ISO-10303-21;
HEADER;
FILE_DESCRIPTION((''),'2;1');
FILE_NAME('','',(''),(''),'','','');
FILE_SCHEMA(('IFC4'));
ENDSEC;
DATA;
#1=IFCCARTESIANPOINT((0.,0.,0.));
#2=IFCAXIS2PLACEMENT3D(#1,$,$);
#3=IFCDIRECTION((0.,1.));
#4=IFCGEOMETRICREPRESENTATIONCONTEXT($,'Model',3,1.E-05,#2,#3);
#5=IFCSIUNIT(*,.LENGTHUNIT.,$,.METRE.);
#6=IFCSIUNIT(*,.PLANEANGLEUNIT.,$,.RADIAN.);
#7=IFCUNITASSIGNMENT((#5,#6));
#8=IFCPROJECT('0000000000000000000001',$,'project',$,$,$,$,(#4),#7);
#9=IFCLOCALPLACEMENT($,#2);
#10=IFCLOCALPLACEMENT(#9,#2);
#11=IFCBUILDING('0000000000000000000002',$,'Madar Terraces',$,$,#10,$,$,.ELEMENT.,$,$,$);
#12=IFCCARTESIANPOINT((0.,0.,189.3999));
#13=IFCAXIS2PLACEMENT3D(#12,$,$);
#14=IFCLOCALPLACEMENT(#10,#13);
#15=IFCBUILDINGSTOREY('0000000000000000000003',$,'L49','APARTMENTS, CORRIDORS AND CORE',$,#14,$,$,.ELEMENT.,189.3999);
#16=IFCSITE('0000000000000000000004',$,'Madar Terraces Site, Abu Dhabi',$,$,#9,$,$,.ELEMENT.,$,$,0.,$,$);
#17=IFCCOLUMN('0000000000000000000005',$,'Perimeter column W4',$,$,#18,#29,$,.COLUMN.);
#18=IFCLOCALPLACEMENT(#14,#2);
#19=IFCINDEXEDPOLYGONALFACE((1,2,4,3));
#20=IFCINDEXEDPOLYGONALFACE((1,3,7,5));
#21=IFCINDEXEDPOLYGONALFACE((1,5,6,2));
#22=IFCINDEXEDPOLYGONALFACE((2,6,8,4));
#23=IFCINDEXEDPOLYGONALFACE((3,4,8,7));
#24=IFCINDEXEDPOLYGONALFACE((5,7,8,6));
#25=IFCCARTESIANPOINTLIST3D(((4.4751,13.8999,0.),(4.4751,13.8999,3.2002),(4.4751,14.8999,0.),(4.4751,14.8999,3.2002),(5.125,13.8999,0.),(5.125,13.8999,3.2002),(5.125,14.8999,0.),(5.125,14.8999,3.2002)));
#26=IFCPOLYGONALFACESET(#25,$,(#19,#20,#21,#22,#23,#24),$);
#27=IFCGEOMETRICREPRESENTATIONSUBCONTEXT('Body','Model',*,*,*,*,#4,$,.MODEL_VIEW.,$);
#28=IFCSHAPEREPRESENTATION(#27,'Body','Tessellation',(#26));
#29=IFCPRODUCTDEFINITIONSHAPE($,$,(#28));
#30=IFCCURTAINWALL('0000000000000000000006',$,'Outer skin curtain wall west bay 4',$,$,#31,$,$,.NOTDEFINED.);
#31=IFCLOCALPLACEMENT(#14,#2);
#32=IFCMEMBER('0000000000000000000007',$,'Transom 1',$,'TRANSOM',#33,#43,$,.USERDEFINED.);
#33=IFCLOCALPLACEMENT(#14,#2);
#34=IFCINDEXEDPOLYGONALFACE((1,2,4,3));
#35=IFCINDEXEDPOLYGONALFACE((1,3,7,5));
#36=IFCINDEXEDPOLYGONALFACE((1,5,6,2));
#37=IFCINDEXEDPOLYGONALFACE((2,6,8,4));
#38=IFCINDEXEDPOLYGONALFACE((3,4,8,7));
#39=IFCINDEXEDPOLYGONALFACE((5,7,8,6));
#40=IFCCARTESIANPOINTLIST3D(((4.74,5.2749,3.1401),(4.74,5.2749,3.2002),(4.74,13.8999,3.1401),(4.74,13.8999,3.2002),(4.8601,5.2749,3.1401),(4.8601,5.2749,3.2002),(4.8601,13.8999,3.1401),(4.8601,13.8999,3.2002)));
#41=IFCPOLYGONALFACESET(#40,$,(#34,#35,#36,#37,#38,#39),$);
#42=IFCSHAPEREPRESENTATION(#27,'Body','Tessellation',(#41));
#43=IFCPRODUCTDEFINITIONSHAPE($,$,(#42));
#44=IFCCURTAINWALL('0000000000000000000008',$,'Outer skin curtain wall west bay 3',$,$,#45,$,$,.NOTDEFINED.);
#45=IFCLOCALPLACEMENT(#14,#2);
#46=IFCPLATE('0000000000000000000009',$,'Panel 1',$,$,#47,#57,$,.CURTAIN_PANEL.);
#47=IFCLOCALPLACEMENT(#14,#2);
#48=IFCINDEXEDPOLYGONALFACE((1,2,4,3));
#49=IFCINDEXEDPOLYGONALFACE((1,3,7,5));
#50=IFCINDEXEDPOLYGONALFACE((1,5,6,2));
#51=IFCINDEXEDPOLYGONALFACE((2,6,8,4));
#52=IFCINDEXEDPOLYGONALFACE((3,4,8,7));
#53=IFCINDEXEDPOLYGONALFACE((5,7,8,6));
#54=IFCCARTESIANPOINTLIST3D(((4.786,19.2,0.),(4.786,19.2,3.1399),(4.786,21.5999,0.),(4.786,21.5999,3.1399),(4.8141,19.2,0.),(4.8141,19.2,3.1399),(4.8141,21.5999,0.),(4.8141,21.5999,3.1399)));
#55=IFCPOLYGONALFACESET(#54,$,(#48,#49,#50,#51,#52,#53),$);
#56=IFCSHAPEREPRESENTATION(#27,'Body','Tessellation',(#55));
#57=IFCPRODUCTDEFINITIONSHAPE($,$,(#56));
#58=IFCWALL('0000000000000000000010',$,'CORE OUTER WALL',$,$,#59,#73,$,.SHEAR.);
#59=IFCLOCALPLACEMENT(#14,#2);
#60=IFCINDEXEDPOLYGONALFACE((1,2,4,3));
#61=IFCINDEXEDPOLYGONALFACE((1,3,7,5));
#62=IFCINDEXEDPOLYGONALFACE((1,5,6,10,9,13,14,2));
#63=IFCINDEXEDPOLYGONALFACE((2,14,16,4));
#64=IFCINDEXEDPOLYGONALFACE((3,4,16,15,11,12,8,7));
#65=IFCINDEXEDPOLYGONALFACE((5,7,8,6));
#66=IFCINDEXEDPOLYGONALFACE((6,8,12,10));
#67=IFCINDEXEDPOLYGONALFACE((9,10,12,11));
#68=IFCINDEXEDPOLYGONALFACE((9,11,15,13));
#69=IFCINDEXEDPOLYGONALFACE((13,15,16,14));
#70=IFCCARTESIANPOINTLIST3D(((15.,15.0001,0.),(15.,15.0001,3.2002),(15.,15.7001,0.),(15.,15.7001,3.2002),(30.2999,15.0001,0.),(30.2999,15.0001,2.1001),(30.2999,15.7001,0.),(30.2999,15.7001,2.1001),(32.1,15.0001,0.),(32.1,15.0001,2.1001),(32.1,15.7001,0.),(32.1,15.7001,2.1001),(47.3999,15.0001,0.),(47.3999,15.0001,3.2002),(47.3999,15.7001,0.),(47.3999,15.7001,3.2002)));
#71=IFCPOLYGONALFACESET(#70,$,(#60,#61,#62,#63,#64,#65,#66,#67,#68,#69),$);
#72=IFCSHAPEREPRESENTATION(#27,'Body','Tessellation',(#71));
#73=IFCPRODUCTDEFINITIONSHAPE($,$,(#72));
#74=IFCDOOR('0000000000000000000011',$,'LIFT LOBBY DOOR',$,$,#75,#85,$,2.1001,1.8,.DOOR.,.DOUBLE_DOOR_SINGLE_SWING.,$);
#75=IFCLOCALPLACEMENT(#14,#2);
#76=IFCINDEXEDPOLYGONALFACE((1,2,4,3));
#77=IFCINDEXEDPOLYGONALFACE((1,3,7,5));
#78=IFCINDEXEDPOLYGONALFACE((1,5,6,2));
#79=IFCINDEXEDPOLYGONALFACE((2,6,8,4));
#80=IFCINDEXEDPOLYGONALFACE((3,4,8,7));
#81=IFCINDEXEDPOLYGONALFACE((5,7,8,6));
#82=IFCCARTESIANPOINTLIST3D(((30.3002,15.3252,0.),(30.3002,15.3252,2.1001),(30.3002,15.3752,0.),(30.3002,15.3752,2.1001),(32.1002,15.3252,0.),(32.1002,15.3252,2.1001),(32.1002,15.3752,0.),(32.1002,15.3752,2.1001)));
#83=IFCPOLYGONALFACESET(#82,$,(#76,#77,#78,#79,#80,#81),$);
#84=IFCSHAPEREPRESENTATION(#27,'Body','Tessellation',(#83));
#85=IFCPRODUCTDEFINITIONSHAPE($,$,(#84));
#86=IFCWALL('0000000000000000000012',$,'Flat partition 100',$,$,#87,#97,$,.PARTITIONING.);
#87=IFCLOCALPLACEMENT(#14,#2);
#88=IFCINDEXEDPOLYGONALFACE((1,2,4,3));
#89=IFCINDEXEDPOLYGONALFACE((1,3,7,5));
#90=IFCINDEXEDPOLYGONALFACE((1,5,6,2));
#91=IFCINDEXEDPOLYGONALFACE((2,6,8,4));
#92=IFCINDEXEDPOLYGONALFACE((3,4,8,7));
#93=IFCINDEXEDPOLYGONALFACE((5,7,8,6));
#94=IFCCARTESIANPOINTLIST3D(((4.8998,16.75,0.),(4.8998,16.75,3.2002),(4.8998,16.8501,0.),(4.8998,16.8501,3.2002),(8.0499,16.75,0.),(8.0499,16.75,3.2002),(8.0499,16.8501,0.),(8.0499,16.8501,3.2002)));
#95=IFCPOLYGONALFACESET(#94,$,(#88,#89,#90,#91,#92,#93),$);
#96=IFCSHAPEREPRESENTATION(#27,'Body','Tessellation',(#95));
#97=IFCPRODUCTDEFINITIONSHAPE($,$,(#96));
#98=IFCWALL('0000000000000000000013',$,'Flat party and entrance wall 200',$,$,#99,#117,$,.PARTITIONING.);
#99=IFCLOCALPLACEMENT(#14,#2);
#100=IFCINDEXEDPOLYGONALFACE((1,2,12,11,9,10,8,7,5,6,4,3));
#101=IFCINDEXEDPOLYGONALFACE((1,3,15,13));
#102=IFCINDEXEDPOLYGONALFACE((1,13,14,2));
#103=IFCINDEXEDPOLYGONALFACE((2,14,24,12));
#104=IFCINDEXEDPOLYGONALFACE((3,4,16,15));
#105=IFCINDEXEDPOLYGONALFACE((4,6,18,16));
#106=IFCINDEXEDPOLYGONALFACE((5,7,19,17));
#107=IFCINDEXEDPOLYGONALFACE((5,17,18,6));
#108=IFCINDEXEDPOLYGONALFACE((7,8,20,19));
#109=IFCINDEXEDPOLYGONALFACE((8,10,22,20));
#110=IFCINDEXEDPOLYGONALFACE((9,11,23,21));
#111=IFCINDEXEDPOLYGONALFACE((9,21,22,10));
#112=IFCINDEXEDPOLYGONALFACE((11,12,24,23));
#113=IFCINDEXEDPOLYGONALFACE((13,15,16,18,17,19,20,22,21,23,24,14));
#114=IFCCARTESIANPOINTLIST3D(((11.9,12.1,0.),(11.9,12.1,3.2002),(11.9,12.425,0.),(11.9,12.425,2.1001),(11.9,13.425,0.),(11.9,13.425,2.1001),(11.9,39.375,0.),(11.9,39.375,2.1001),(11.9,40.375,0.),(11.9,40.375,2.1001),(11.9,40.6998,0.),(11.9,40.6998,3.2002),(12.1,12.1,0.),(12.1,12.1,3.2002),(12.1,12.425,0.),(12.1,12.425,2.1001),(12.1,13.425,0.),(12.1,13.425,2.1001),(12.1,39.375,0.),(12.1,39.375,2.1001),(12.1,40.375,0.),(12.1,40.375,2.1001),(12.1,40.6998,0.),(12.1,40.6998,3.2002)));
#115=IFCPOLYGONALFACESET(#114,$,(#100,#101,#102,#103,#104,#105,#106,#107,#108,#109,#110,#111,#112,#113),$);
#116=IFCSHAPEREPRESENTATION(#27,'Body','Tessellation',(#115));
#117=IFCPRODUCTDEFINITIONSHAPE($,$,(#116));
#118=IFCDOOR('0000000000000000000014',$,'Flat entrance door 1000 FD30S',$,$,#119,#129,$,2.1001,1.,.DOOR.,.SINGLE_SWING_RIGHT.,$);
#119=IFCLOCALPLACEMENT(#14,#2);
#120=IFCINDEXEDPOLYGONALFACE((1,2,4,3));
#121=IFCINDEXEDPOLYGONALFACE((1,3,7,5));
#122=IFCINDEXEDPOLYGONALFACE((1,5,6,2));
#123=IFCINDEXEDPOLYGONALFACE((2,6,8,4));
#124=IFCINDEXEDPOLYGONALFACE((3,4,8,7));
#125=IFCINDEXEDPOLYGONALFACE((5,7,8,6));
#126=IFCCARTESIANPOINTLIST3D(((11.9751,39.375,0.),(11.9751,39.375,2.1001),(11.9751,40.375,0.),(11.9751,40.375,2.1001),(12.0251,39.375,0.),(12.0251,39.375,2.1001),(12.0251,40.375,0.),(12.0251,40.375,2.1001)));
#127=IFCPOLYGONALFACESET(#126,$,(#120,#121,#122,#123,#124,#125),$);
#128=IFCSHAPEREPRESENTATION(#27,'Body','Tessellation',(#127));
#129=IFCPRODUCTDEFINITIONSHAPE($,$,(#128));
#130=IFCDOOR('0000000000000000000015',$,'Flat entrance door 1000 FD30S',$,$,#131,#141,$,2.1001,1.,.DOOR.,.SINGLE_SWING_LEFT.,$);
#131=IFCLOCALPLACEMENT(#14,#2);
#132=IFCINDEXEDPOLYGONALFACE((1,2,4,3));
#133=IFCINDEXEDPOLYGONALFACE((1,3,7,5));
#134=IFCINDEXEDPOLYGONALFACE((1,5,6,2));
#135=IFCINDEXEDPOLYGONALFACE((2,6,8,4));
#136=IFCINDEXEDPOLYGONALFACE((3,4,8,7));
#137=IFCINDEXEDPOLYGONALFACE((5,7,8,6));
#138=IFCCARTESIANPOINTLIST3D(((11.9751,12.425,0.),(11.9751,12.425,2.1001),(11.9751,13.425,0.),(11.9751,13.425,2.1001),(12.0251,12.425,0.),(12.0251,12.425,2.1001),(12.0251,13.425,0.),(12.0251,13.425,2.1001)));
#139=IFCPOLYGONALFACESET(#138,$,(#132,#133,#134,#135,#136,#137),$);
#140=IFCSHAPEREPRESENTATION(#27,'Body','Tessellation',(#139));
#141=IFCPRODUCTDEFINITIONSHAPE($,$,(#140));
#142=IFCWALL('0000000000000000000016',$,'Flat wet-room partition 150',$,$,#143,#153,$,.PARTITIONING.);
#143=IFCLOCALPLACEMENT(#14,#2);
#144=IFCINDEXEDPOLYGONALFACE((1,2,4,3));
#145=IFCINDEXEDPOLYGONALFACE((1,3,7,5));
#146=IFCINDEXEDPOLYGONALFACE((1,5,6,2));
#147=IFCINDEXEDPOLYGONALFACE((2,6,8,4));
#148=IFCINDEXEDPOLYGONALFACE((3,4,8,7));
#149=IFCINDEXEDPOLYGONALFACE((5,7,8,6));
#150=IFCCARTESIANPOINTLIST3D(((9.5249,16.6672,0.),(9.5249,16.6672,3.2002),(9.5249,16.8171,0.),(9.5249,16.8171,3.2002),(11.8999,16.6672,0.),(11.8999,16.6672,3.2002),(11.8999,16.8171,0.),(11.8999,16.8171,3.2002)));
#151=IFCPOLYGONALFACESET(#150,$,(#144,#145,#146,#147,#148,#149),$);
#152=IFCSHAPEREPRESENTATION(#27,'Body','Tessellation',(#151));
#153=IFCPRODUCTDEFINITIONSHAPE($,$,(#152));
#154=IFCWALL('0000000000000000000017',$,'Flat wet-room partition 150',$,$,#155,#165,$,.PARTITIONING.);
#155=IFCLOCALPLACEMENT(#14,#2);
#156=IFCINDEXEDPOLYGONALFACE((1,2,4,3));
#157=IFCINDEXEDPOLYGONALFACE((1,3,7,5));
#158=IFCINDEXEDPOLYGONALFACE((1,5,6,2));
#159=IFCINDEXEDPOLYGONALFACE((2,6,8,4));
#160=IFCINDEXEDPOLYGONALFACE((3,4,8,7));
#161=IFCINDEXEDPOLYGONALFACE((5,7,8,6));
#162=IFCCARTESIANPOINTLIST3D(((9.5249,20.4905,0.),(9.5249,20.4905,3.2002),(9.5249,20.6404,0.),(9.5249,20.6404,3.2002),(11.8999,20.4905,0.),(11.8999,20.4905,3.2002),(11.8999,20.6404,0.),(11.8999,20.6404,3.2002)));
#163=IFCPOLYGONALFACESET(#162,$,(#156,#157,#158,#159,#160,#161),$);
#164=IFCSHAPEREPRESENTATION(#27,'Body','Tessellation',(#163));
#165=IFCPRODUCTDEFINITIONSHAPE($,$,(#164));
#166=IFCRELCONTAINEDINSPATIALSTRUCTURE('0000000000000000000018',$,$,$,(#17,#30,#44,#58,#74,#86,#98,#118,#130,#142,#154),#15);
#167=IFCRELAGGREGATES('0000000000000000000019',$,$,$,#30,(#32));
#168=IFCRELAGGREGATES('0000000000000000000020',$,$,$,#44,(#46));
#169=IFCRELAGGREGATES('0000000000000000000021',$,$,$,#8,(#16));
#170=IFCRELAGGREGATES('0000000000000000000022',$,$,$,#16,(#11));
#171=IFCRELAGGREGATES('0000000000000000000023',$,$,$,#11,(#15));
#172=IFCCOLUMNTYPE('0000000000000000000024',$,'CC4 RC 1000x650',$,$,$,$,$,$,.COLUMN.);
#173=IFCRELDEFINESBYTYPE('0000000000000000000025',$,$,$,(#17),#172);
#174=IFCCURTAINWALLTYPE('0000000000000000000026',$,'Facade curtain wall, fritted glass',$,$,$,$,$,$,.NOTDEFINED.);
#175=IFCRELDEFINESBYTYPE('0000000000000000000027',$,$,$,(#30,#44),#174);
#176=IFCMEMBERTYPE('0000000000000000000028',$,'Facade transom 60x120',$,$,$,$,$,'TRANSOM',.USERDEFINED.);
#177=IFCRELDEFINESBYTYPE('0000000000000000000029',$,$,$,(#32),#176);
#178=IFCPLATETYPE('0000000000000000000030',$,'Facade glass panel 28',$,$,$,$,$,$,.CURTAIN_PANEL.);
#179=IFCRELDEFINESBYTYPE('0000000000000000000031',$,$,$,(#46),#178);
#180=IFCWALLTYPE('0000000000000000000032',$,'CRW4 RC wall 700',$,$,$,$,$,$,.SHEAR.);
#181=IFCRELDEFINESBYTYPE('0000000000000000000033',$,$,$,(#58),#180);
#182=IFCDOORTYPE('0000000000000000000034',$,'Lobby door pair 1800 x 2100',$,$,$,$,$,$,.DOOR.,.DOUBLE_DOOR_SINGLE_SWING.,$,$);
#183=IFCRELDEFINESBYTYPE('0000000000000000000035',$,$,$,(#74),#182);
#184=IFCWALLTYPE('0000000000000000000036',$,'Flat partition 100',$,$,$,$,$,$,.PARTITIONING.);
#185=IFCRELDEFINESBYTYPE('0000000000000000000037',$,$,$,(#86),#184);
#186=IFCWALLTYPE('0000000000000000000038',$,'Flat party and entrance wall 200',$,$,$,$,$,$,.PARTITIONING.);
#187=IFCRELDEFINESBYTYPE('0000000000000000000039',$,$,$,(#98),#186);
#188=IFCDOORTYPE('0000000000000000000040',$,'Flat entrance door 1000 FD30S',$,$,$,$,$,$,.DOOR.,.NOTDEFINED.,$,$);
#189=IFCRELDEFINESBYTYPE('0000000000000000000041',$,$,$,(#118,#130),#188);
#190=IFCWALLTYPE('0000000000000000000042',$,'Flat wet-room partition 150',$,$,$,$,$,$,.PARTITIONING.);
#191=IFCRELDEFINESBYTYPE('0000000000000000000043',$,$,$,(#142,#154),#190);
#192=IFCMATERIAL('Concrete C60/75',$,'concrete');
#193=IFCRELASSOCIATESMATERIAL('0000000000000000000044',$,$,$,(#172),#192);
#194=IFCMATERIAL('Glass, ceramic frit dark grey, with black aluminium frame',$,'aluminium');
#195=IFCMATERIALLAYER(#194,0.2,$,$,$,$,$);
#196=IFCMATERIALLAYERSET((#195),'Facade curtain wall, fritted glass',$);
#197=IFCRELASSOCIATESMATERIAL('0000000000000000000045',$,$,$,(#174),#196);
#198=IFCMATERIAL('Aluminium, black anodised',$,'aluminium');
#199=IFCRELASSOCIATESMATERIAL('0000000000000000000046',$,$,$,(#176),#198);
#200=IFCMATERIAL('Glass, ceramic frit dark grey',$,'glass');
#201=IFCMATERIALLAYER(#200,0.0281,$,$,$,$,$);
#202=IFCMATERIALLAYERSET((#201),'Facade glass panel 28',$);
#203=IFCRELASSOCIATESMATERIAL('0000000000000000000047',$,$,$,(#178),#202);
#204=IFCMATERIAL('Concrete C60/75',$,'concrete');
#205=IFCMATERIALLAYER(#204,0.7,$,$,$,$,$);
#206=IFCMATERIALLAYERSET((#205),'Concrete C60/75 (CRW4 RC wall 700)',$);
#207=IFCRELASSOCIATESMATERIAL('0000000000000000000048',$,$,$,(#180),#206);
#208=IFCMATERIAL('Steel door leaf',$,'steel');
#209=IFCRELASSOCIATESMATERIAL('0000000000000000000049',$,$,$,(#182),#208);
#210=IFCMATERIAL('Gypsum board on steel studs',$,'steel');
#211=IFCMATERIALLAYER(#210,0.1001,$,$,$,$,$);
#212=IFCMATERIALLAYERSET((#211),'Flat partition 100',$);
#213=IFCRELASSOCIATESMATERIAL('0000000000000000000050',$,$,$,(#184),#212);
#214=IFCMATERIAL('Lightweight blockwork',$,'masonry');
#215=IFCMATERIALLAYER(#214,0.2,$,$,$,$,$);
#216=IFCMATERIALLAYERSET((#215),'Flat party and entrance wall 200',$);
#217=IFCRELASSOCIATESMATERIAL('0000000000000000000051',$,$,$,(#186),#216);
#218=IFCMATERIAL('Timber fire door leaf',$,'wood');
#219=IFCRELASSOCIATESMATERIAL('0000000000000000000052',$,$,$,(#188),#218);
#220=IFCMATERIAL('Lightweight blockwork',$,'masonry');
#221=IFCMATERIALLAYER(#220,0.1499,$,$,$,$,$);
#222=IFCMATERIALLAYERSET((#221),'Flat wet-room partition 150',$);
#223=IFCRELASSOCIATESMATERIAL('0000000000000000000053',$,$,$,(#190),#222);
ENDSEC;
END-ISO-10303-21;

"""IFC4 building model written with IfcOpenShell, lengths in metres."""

from ifc_helpers import new_model, si_unit, direction, frame, frame_2d, origin, origin_2d, place, context, subcontext, project, spatial, rectangle, extrude, material, layer, layer_set, material_profile, profile_set, type_object, element, fill, aggregate, save


model = new_model("IFC4")

# Units and contexts
model_context = context("Model", 3, precision=1e-05, world=origin(), true_north=direction((0.0, 1.0)))
body_context = subcontext(model_context, "Body", "Model", "MODEL_VIEW")
ifc_project = project(units=[si_unit("LENGTHUNIT", "METRE"), si_unit("PLANEANGLEUNIT", "RADIAN")], contexts=[model_context])

# Site, building, storey
site_placement = place(None, origin())
site = spatial("IfcSite", under=ifc_project, at=site_placement, Name="Madar Terraces Site, Abu Dhabi", CompositionType="ELEMENT", RefElevation=0.0)
building_placement = place(site_placement, origin())
building = spatial("IfcBuilding", under=site, at=building_placement, Name="Madar Terraces", CompositionType="ELEMENT")
storey_placement = place(building_placement, frame((0.0, 0.0, 189.3999)))
storey = spatial("IfcBuildingStorey", under=building, at=storey_placement, Name="L49", Description="APARTMENTS, CORRIDORS AND CORE", CompositionType="ELEMENT", Elevation=189.3999)

# Column
ifc_material_1 = material(Name="Concrete C60/75", Category="concrete")
ifc_material_profile_1 = material_profile(ifc_material_1, rectangle(XDim=1.0, YDim=0.6499, at=origin_2d()), Name="CC4 RC 1000x650")
ifc_profile_set_1 = profile_set([ifc_material_profile_1], Name="Concrete C60/75")
column_type = type_object("IfcColumnType", Name="CC4 RC 1000x650", PredefinedType="COLUMN", material=ifc_profile_set_1)
column_placement = place(storey_placement, frame((4.8, 14.3999, 0.0), z_axis=(0.0, 0.0, 1.0), x_axis=(0.0, 1.0, 0.0)))
element("IfcColumn", 1, at=column_placement, inside=storey, type_object=column_type, Name="Perimeter column W4", PredefinedType="COLUMN", context=body_context, shape_type="SweptSolid", body=[
    extrude(rectangle(XDim=1.0, YDim=0.6499, at=origin_2d()), origin(), (0.0, 0.0, 1.0), 3.2002),
])

# Curtain wall, member
ifc_material_2 = material(Name="Glass, ceramic frit dark grey, with black aluminium frame", Category="aluminium")
ifc_layer_1 = layer(ifc_material_2, 0.2)
ifc_layer_set_1 = layer_set([ifc_layer_1], Name="Facade curtain wall, fritted glass")
curtain_wall_type = type_object("IfcCurtainWallType", Name="Facade curtain wall, fritted glass", PredefinedType="NOTDEFINED", material=ifc_layer_set_1)
curtain_wall_1_placement = place(storey_placement, origin())
curtain_wall_1 = element("IfcCurtainWall", 2, at=curtain_wall_1_placement, inside=storey, type_object=curtain_wall_type, Name="Outer skin curtain wall west bay 4", PredefinedType="NOTDEFINED")
ifc_material_3 = material(Name="Aluminium, black anodised", Category="aluminium")
ifc_material_profile_2 = material_profile(ifc_material_3, rectangle(XDim=0.1201, YDim=0.0601, at=origin_2d()), Name="Facade transom 60x120")
ifc_profile_set_2 = profile_set([ifc_material_profile_2], Name="Aluminium, black anodised")
member_type = type_object("IfcMemberType", Name="Facade transom 60x120", ElementType="TRANSOM", PredefinedType="USERDEFINED", material=ifc_profile_set_2)
member_placement = place(storey_placement, frame((4.8, 13.8999, 3.1702), z_axis=(0.0, -1.0, 0.0), x_axis=(1.0, 0.0, 0.0)))
member = element("IfcMember", 3, at=member_placement, type_object=member_type, Name="Transom 1", ObjectType="TRANSOM", PredefinedType="USERDEFINED", context=body_context, shape_type="SweptSolid", body=[
    extrude(rectangle(XDim=0.1201, YDim=0.0601, at=origin_2d()), origin(), (0.0, 0.0, 1.0), 8.625),
])
aggregate(curtain_wall_1, [member])

# Curtain wall, plate
curtain_wall_2_placement = place(storey_placement, origin())
curtain_wall_2 = element("IfcCurtainWall", 4, at=curtain_wall_2_placement, inside=storey, type_object=curtain_wall_type, Name="Outer skin curtain wall west bay 3", PredefinedType="NOTDEFINED")
ifc_material_4 = material(Name="Glass, ceramic frit dark grey", Category="glass")
ifc_layer_2 = layer(ifc_material_4, 0.0281)
ifc_layer_set_2 = layer_set([ifc_layer_2], Name="Facade glass panel 28")
plate_type = type_object("IfcPlateType", Name="Facade glass panel 28", PredefinedType="CURTAIN_PANEL", material=ifc_layer_set_2)
plate_placement = place(storey_placement, frame((4.8, 20.3999, 0.0), z_axis=(0.0, 0.0, 1.0), x_axis=(0.0, -1.0, 0.0)))
plate = element("IfcPlate", 5, at=plate_placement, type_object=plate_type, Name="Panel 1", PredefinedType="CURTAIN_PANEL", context=body_context, shape_type="SweptSolid", body=[
    extrude(rectangle(XDim=2.3999, YDim=0.0281, at=origin_2d()), origin(), (0.0, 0.0, 1.0), 3.1399),
])
aggregate(curtain_wall_2, [plate])

# Wall, opening, door
ifc_material_5 = material(Name="Concrete C60/75", Category="concrete")
ifc_layer_3 = layer(ifc_material_5, 0.7)
ifc_layer_set_3 = layer_set([ifc_layer_3], Name="Concrete C60/75 (CRW4 RC wall 700)")
wall_type_1 = type_object("IfcWallType", Name="CRW4 RC wall 700", PredefinedType="SHEAR", material=ifc_layer_set_3)
wall_1_placement = place(storey_placement, frame((15.0, 15.3501, 0.0), z_axis=(0.0, 0.0, 1.0), x_axis=(1.0, 0.0, 0.0)))
wall_1 = element("IfcWall", 6, at=wall_1_placement, inside=storey, type_object=wall_type_1, Name="CORE OUTER WALL", PredefinedType="SHEAR", context=body_context, shape_type="SweptSolid", body=[
    extrude(rectangle(XDim=32.3999, YDim=0.7, at=frame_2d((16.2, 0.0))), origin(), (0.0, 0.0, 1.0), 3.2002),
])
opening_1_placement = place(wall_1_placement, frame((15.3, 0.0, 0.0)))
opening_1 = element("IfcOpeningElement", 7, at=opening_1_placement, cuts=wall_1, PredefinedType="OPENING", context=body_context, shape_type="SweptSolid", body=[
    extrude(rectangle(XDim=1.8, YDim=2.1001, at=frame_2d((0.8999, 1.05))), frame((0.0, 0.3599, 0.0), z_axis=(0.0, -1.0, 0.0), x_axis=(1.0, 0.0, 0.0)), (0.0, 0.0, 1.0), 0.72),
])
ifc_material_6 = material(Name="Steel door leaf", Category="steel")
door_type_1 = type_object("IfcDoorType", Name="Lobby door pair 1800 x 2100", OperationType="DOUBLE_DOOR_SINGLE_SWING", PredefinedType="DOOR", material=ifc_material_6)
door_1_placement = place(opening_1_placement, frame((1.8, 0.0, 0.0), z_axis=(0.0, 0.0, 1.0), x_axis=(-1.0, 0.0, 0.0)))
door_1 = element("IfcDoor", 8, at=door_1_placement, inside=storey, type_object=door_type_1, Name="LIFT LOBBY DOOR", OperationType="DOUBLE_DOOR_SINGLE_SWING", OverallHeight=2.1001, OverallWidth=1.8, PredefinedType="DOOR", context=body_context, shape_type="SweptSolid", body=[
    extrude(rectangle(XDim=1.8, YDim=2.1001, at=frame_2d((0.8999, 1.05))), frame((0.0, 0.0249, 0.0), z_axis=(0.0, -1.0, 0.0), x_axis=(1.0, 0.0, 0.0)), (0.0, 0.0, 1.0), 0.05),
])
fill(opening_1, door_1)

# Wall
ifc_material_7 = material(Name="Gypsum board on steel studs", Category="steel")
ifc_layer_4 = layer(ifc_material_7, 0.1001)
ifc_layer_set_4 = layer_set([ifc_layer_4], Name="Flat partition 100")
wall_type_2 = type_object("IfcWallType", Name="Flat partition 100", PredefinedType="PARTITIONING", material=ifc_layer_set_4)
wall_2_placement = place(storey_placement, frame((8.05, 16.8, 0.0), z_axis=(0.0, 0.0, 1.0), x_axis=(-1.0, 0.0, 0.0)))
element("IfcWall", 9, at=wall_2_placement, inside=storey, type_object=wall_type_2, Name="Flat partition 100", PredefinedType="PARTITIONING", context=body_context, shape_type="SweptSolid", body=[
    extrude(rectangle(XDim=3.1501, YDim=0.1001, at=frame_2d((1.5752, 0.0))), origin(), (0.0, 0.0, 1.0), 3.2002),
])

# Wall, openings, doors
ifc_material_8 = material(Name="Lightweight blockwork", Category="masonry")
ifc_layer_5 = layer(ifc_material_8, 0.2)
ifc_layer_set_5 = layer_set([ifc_layer_5], Name="Flat party and entrance wall 200")
wall_type_3 = type_object("IfcWallType", Name="Flat party and entrance wall 200", PredefinedType="PARTITIONING", material=ifc_layer_set_5)
wall_3_placement = place(storey_placement, frame((12.0, 12.1001, 0.0), z_axis=(0.0, 0.0, 1.0), x_axis=(0.0, 1.0, 0.0)))
wall_3 = element("IfcWall", 10, at=wall_3_placement, inside=storey, type_object=wall_type_3, Name="Flat party and entrance wall 200", PredefinedType="PARTITIONING", context=body_context, shape_type="SweptSolid", body=[
    extrude(rectangle(XDim=28.5999, YDim=0.2, at=frame_2d((14.2998, 0.0))), origin(), (0.0, 0.0, 1.0), 3.2002),
])
opening_2_placement = place(wall_3_placement, frame((27.2749, 0.0, 0.0)))
opening_2 = element("IfcOpeningElement", 11, at=opening_2_placement, cuts=wall_3, PredefinedType="OPENING", context=body_context, shape_type="SweptSolid", body=[
    extrude(rectangle(XDim=1.0, YDim=2.1001, at=frame_2d((0.5, 1.05))), frame((0.0, 0.1099, 0.0), z_axis=(0.0, -1.0, 0.0), x_axis=(1.0, 0.0, 0.0)), (0.0, 0.0, 1.0), 0.22),
])
opening_3_placement = place(wall_3_placement, frame((0.325, 0.0, 0.0)))
opening_3 = element("IfcOpeningElement", 12, at=opening_3_placement, cuts=wall_3, PredefinedType="OPENING", context=body_context, shape_type="SweptSolid", body=[
    extrude(rectangle(XDim=1.0, YDim=2.1001, at=frame_2d((0.5, 1.05))), frame((0.0, 0.1099, 0.0), z_axis=(0.0, -1.0, 0.0), x_axis=(1.0, 0.0, 0.0)), (0.0, 0.0, 1.0), 0.22),
])
ifc_material_9 = material(Name="Timber fire door leaf", Category="wood")
door_type_2 = type_object("IfcDoorType", Name="Flat entrance door 1000 FD30S", OperationType="NOTDEFINED", PredefinedType="DOOR", material=ifc_material_9)
door_2_placement = place(opening_2_placement, origin())
door_2 = element("IfcDoor", 13, at=door_2_placement, inside=storey, type_object=door_type_2, Name="Flat entrance door 1000 FD30S", OperationType="SINGLE_SWING_RIGHT", OverallHeight=2.1001, OverallWidth=1.0, PredefinedType="DOOR", context=body_context, shape_type="SweptSolid", body=[
    extrude(rectangle(XDim=1.0, YDim=2.1001, at=frame_2d((0.5, 1.05))), frame((0.0, 0.0249, 0.0), z_axis=(0.0, -1.0, 0.0), x_axis=(1.0, 0.0, 0.0)), (0.0, 0.0, 1.0), 0.05),
])
fill(opening_2, door_2)
door_3_placement = place(opening_3_placement, origin())
door_3 = element("IfcDoor", 14, at=door_3_placement, inside=storey, type_object=door_type_2, Name="Flat entrance door 1000 FD30S", OperationType="SINGLE_SWING_LEFT", OverallHeight=2.1001, OverallWidth=1.0, PredefinedType="DOOR", context=body_context, shape_type="SweptSolid", body=[
    extrude(rectangle(XDim=1.0, YDim=2.1001, at=frame_2d((0.5, 1.05))), frame((0.0, 0.0249, 0.0), z_axis=(0.0, -1.0, 0.0), x_axis=(1.0, 0.0, 0.0)), (0.0, 0.0, 1.0), 0.05),
])
fill(opening_3, door_3)

# Walls
ifc_material_10 = material(Name="Lightweight blockwork", Category="masonry")
ifc_layer_6 = layer(ifc_material_10, 0.1499)
ifc_layer_set_6 = layer_set([ifc_layer_6], Name="Flat wet-room partition 150")
wall_type_4 = type_object("IfcWallType", Name="Flat wet-room partition 150", PredefinedType="PARTITIONING", material=ifc_layer_set_6)
for number, where, z_axis, x_axis, name in (
    (15, (11.8999, 16.7422, 0.0), (0.0, 0.0, 1.0), (-1.0, 0.0, 0.0), "Flat wet-room partition 150"),
    (16, (11.8999, 20.5654, 0.0), (0.0, 0.0, 1.0), (-1.0, 0.0, 0.0), "Flat wet-room partition 150"),
):
    element("IfcWall", number, at=place(storey_placement, frame(where, z_axis=z_axis, x_axis=x_axis)), inside=storey, type_object=wall_type_4, Name=name, PredefinedType="PARTITIONING", context=body_context, shape_type="SweptSolid", body=[
        extrude(rectangle(XDim=2.375, YDim=0.1499, at=frame_2d((1.1875, 0.0))), origin(), (0.0, 0.0, 1.0), 3.2002),
    ])

save(model, "model.ifc")
